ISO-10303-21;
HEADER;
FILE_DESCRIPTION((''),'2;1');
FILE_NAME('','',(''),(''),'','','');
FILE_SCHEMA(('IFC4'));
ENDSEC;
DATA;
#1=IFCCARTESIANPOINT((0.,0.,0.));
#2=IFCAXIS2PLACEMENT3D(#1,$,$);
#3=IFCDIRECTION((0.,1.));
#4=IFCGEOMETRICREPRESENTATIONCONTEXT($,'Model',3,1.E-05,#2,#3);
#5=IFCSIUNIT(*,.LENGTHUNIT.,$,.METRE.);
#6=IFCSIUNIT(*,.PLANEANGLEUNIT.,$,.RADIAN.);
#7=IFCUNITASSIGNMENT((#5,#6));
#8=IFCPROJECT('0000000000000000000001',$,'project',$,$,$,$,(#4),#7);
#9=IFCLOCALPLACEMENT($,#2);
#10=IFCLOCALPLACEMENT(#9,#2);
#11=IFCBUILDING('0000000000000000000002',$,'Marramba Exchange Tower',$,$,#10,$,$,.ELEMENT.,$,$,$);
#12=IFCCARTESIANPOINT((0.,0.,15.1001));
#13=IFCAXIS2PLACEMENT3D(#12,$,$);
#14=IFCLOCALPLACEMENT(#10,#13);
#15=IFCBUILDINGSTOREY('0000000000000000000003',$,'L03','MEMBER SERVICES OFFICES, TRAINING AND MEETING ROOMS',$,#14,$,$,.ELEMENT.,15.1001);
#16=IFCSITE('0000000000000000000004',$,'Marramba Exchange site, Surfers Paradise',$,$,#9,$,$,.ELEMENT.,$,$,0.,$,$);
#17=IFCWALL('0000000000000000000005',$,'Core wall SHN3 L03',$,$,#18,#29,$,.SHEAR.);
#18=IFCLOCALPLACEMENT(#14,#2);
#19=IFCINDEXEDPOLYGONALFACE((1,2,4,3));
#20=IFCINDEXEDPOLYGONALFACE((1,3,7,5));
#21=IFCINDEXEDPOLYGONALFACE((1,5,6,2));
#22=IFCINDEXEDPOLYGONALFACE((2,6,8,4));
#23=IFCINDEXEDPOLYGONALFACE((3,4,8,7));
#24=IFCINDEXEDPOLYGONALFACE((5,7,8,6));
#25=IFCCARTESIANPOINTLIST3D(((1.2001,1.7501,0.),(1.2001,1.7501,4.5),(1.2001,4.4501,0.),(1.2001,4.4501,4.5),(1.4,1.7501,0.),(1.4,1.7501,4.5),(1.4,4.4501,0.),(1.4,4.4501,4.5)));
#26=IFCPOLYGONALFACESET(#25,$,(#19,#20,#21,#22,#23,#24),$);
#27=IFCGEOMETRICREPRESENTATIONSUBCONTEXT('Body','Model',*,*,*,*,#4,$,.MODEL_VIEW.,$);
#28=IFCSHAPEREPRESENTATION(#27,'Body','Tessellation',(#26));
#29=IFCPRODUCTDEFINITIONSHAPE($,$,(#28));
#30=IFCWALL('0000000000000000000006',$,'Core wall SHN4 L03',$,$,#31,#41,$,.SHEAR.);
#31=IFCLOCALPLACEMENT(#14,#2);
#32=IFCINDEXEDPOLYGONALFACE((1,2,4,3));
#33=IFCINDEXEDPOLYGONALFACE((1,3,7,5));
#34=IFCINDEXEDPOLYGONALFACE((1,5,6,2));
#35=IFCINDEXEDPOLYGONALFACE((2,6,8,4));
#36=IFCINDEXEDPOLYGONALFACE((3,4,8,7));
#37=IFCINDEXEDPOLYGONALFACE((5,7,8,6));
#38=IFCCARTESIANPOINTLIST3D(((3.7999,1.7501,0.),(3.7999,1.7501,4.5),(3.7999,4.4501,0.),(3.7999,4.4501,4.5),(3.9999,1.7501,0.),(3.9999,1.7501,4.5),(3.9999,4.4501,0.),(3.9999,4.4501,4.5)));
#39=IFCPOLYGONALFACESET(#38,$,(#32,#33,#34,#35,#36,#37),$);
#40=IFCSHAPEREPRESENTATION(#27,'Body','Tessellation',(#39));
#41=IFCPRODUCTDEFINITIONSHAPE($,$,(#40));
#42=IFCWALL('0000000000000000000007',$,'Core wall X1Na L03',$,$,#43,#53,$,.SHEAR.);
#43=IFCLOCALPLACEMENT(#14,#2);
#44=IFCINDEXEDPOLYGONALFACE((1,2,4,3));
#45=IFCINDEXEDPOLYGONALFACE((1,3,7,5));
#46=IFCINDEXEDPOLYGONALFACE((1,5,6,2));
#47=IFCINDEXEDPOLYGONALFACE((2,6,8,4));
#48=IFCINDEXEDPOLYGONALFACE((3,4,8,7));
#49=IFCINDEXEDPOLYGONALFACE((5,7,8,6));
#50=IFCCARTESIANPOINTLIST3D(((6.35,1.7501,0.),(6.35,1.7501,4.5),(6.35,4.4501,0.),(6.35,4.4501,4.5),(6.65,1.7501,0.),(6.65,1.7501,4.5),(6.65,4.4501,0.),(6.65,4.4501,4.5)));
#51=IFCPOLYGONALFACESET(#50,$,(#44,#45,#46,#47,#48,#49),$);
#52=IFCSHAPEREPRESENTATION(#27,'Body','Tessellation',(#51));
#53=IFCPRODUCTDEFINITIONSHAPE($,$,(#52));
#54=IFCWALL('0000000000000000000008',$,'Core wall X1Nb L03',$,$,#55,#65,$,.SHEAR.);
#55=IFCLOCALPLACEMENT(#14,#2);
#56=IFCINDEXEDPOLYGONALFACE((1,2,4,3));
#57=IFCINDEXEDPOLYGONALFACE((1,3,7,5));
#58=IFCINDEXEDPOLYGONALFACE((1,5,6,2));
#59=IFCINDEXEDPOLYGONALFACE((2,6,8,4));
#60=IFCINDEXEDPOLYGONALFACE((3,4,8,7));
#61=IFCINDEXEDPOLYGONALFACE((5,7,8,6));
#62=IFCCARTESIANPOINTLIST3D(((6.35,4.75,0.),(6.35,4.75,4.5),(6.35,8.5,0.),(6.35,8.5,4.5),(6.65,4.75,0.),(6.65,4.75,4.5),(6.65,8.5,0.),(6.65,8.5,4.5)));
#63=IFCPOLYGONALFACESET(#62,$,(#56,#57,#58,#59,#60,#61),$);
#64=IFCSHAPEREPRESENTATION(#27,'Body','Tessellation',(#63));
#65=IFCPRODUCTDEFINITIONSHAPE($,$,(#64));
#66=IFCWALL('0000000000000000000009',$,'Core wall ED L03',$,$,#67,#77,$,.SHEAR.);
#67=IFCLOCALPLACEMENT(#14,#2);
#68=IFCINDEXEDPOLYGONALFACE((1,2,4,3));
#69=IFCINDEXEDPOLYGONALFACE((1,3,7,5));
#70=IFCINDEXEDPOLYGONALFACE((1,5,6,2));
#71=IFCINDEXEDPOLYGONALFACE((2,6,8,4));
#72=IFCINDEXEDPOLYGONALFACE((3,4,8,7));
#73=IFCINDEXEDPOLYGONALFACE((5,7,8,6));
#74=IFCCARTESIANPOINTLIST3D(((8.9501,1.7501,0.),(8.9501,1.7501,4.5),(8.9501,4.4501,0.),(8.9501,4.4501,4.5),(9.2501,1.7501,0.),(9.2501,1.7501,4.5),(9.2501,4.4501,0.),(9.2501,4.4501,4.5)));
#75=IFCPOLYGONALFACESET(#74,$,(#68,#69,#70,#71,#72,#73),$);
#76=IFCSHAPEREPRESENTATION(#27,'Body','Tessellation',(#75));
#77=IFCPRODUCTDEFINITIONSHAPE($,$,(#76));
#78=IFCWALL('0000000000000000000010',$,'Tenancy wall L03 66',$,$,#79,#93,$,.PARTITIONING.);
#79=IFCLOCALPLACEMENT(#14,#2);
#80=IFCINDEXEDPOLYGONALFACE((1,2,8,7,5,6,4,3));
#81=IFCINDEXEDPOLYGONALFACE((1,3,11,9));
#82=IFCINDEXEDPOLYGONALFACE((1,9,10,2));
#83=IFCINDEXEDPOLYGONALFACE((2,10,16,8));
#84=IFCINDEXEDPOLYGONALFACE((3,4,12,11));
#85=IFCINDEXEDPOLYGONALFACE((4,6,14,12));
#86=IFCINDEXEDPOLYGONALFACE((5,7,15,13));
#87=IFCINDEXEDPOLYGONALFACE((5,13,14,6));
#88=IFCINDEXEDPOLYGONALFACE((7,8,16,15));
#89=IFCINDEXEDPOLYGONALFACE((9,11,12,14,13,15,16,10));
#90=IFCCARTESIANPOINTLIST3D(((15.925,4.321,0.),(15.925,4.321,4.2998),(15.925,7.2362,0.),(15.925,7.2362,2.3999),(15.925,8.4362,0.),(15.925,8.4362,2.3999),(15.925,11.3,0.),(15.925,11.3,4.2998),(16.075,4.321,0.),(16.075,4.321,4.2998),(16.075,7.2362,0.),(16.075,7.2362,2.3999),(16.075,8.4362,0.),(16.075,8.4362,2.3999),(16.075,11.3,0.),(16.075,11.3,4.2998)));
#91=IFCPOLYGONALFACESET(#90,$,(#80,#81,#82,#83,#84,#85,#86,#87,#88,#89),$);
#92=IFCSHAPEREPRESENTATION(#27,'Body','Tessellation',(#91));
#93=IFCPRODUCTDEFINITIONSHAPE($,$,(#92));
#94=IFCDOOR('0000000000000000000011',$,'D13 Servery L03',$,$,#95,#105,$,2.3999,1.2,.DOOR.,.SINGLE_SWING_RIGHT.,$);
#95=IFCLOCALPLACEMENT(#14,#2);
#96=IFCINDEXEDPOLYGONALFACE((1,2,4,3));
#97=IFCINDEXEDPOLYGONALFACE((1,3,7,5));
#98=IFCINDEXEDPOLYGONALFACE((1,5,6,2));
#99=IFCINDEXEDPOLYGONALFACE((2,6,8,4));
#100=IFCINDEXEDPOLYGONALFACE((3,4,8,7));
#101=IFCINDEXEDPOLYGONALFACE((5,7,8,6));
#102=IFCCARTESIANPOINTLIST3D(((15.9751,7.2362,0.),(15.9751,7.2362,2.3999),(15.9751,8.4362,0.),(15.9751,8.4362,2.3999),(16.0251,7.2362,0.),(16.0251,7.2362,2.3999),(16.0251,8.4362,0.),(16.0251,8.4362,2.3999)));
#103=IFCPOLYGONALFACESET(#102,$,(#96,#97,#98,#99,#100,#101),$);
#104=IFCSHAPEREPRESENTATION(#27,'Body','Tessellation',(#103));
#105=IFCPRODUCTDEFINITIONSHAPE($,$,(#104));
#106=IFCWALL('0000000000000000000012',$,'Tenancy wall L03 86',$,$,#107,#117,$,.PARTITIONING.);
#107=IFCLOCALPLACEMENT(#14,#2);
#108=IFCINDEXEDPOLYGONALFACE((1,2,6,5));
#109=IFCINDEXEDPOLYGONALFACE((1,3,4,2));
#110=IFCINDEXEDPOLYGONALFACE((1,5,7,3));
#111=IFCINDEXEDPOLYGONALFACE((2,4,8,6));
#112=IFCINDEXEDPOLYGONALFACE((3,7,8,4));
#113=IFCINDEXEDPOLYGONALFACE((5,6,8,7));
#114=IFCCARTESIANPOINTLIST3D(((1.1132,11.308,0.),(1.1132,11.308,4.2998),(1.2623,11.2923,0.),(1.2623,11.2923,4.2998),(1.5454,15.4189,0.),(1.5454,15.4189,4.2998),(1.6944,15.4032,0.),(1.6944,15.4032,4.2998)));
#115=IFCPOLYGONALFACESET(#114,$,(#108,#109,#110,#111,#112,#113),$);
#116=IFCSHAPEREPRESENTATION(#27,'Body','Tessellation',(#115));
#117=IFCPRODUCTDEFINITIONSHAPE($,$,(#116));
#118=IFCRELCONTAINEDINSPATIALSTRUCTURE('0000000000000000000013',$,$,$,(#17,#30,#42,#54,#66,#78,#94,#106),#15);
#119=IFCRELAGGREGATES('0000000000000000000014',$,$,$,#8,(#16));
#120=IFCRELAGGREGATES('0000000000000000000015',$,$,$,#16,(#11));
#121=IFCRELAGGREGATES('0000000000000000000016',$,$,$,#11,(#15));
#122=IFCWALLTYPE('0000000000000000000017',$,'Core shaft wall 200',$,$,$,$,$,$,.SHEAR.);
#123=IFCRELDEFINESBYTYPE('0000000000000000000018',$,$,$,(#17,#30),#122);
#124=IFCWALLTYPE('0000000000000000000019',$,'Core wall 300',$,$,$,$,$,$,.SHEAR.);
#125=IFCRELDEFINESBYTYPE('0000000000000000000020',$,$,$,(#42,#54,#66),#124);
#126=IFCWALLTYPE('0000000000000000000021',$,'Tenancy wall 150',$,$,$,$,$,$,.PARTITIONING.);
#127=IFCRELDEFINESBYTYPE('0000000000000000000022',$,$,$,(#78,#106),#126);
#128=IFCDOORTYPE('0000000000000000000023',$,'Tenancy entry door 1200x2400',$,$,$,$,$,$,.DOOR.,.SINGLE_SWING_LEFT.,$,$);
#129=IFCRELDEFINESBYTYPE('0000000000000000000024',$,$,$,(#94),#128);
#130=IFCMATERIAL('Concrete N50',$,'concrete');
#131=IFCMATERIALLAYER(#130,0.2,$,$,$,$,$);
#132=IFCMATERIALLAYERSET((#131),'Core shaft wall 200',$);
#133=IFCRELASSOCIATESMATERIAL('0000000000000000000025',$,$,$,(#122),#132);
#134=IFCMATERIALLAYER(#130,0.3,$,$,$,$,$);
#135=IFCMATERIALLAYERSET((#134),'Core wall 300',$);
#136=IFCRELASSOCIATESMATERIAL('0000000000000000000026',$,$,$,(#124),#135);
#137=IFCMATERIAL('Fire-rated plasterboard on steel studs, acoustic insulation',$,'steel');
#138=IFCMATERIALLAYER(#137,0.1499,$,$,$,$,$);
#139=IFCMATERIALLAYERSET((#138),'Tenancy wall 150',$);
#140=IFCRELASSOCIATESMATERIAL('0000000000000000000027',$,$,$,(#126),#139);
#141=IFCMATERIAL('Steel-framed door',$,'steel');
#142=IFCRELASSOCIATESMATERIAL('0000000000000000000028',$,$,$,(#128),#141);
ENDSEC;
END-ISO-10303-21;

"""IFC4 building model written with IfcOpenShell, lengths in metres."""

from ifc_helpers import new_model, si_unit, direction, frame, frame_2d, origin, place, context, subcontext, project, spatial, rectangle, extrude, material, layer, layer_set, type_object, element, fill, save


model = new_model("IFC4")

# Units and contexts
model_context = context("Model", 3, precision=1e-05, world=origin(), true_north=direction((0.0, 1.0)))
body_context = subcontext(model_context, "Body", "Model", "MODEL_VIEW")
ifc_project = project(units=[si_unit("LENGTHUNIT", "METRE"), si_unit("PLANEANGLEUNIT", "RADIAN")], contexts=[model_context])

# Site, building, storey
site_placement = place(None, origin())
site = spatial("IfcSite", under=ifc_project, at=site_placement, Name="Marramba Exchange site, Surfers Paradise", CompositionType="ELEMENT", RefElevation=0.0)
building_placement = place(site_placement, origin())
building = spatial("IfcBuilding", under=site, at=building_placement, Name="Marramba Exchange Tower", CompositionType="ELEMENT")
storey_placement = place(building_placement, frame((0.0, 0.0, 15.1001)))
storey = spatial("IfcBuildingStorey", under=building, at=storey_placement, Name="L03", Description="MEMBER SERVICES OFFICES, TRAINING AND MEETING ROOMS", CompositionType="ELEMENT", Elevation=15.1001)

# Walls
ifc_material_1 = material(Name="Concrete N50", Category="concrete")
ifc_layer_1 = layer(ifc_material_1, 0.2)
ifc_layer_set_1 = layer_set([ifc_layer_1], Name="Core shaft wall 200")
wall_type_1 = type_object("IfcWallType", Name="Core shaft wall 200", PredefinedType="SHEAR", material=ifc_layer_set_1)
for number, where, z_axis, x_axis, name in (
    (1, (1.3, 1.75, 0.0), (0.0, 0.0, 1.0), (0.0, 1.0, 0.0), "Core wall SHN3 L03"),
    (2, (3.8999, 1.75, 0.0), (0.0, 0.0, 1.0), (0.0, 1.0, 0.0), "Core wall SHN4 L03"),
):
    element("IfcWall", number, at=place(storey_placement, frame(where, z_axis=z_axis, x_axis=x_axis)), inside=storey, type_object=wall_type_1, Name=name, PredefinedType="SHEAR", context=body_context, shape_type="SweptSolid", body=[
        extrude(rectangle(XDim=2.7, YDim=0.2, at=frame_2d((1.3501, 0.0))), origin(), (0.0, 0.0, 1.0), 4.5),
    ])

# Shared definitions
ifc_material_2 = material(Name="Steel-framed door", Category="steel")

# Walls
ifc_layer_2 = layer(ifc_material_1, 0.3)
ifc_layer_set_2 = layer_set([ifc_layer_2], Name="Core wall 300")
wall_type_2 = type_object("IfcWallType", Name="Core wall 300", PredefinedType="SHEAR", material=ifc_layer_set_2)
wall_1_placement = place(storey_placement, frame((6.5, 1.75, 0.0), z_axis=(0.0, 0.0, 1.0), x_axis=(0.0, 1.0, 0.0)))
element("IfcWall", 3, at=wall_1_placement, inside=storey, type_object=wall_type_2, Name="Core wall X1Na L03", PredefinedType="SHEAR", context=body_context, shape_type="SweptSolid", body=[
    extrude(rectangle(XDim=2.7, YDim=0.3, at=frame_2d((1.3501, 0.0))), origin(), (0.0, 0.0, 1.0), 4.5),
])
wall_2_placement = place(storey_placement, frame((6.5, 4.75, 0.0), z_axis=(0.0, 0.0, 1.0), x_axis=(0.0, 1.0, 0.0)))
element("IfcWall", 4, at=wall_2_placement, inside=storey, type_object=wall_type_2, Name="Core wall X1Nb L03", PredefinedType="SHEAR", context=body_context, shape_type="SweptSolid", body=[
    extrude(rectangle(XDim=3.75, YDim=0.3, at=frame_2d((1.875, 0.0))), origin(), (0.0, 0.0, 1.0), 4.5),
])
wall_3_placement = place(storey_placement, frame((9.1001, 1.75, 0.0), z_axis=(0.0, 0.0, 1.0), x_axis=(0.0, 1.0, 0.0)))
element("IfcWall", 5, at=wall_3_placement, inside=storey, type_object=wall_type_2, Name="Core wall ED L03", PredefinedType="SHEAR", context=body_context, shape_type="SweptSolid", body=[
    extrude(rectangle(XDim=2.7, YDim=0.3, at=frame_2d((1.3501, 0.0))), origin(), (0.0, 0.0, 1.0), 4.5),
])

# Wall, opening, door
ifc_material_3 = material(Name="Fire-rated plasterboard on steel studs, acoustic insulation", Category="steel")
ifc_layer_3 = layer(ifc_material_3, 0.1499)
ifc_layer_set_3 = layer_set([ifc_layer_3], Name="Tenancy wall 150")
wall_type_3 = type_object("IfcWallType", Name="Tenancy wall 150", PredefinedType="PARTITIONING", material=ifc_layer_set_3)
wall_4_placement = place(storey_placement, frame((16.0, 4.321, 0.0), z_axis=(0.0, 0.0, 1.0), x_axis=(0.0, 1.0, 0.0)))
wall_4 = element("IfcWall", 6, at=wall_4_placement, inside=storey, type_object=wall_type_3, Name="Tenancy wall L03 66", PredefinedType="PARTITIONING", context=body_context, shape_type="SweptSolid", body=[
    extrude(rectangle(XDim=6.979, YDim=0.1499, at=frame_2d((3.4895, 0.0))), origin(), (0.0, 0.0, 1.0), 4.2998),
])
opening_1_placement = place(wall_4_placement, frame((2.915, 0.0, 0.0)))
opening_1 = element("IfcOpeningElement", 7, at=opening_1_placement, cuts=wall_4, PredefinedType="OPENING", context=body_context, shape_type="SweptSolid", body=[
    extrude(rectangle(XDim=1.2, YDim=2.3999, at=frame_2d((0.6001, 1.2))), frame((0.0, 0.085, 0.0), z_axis=(0.0, -1.0, 0.0), x_axis=(1.0, 0.0, 0.0)), (0.0, 0.0, 1.0), 0.1699),
])
door_type_1 = type_object("IfcDoorType", Name="Tenancy entry door 1200x2400", OperationType="SINGLE_SWING_LEFT", PredefinedType="DOOR", material=ifc_material_2)
door_1_placement = place(opening_1_placement, frame((1.2, 0.0, 0.0), z_axis=(0.0, 0.0, 1.0), x_axis=(-1.0, 0.0, 0.0)))
door_1 = element("IfcDoor", 8, at=door_1_placement, inside=storey, type_object=door_type_1, Name="D13 Servery L03", OperationType="SINGLE_SWING_RIGHT", OverallHeight=2.3999, OverallWidth=1.2, PredefinedType="DOOR", context=body_context, shape_type="SweptSolid", body=[
    extrude(rectangle(XDim=1.2, YDim=2.3999, at=frame_2d((0.5999, 1.2))), frame((0.0, 0.0251, 0.0), z_axis=(0.0, -1.0, 0.0), x_axis=(1.0, 0.0, 0.0)), (0.0, 0.0, 1.0), 0.05),
])
fill(opening_1, door_1)

# Wall
wall_5_placement = place(storey_placement, frame((1.1877, 11.3, 0.0), z_axis=(0.0, 0.0, 1.0), x_axis=(0.104543, 0.99452, 0.0)))
element("IfcWall", 9, at=wall_5_placement, inside=storey, type_object=wall_type_3, Name="Tenancy wall L03 86", PredefinedType="PARTITIONING", context=body_context, shape_type="SweptSolid", body=[
    extrude(rectangle(XDim=4.1335, YDim=0.1499, at=frame_2d((2.0669, 0.0))), origin(), (0.0, 0.0, 1.0), 4.2998),
])

save(model, "model.ifc")
